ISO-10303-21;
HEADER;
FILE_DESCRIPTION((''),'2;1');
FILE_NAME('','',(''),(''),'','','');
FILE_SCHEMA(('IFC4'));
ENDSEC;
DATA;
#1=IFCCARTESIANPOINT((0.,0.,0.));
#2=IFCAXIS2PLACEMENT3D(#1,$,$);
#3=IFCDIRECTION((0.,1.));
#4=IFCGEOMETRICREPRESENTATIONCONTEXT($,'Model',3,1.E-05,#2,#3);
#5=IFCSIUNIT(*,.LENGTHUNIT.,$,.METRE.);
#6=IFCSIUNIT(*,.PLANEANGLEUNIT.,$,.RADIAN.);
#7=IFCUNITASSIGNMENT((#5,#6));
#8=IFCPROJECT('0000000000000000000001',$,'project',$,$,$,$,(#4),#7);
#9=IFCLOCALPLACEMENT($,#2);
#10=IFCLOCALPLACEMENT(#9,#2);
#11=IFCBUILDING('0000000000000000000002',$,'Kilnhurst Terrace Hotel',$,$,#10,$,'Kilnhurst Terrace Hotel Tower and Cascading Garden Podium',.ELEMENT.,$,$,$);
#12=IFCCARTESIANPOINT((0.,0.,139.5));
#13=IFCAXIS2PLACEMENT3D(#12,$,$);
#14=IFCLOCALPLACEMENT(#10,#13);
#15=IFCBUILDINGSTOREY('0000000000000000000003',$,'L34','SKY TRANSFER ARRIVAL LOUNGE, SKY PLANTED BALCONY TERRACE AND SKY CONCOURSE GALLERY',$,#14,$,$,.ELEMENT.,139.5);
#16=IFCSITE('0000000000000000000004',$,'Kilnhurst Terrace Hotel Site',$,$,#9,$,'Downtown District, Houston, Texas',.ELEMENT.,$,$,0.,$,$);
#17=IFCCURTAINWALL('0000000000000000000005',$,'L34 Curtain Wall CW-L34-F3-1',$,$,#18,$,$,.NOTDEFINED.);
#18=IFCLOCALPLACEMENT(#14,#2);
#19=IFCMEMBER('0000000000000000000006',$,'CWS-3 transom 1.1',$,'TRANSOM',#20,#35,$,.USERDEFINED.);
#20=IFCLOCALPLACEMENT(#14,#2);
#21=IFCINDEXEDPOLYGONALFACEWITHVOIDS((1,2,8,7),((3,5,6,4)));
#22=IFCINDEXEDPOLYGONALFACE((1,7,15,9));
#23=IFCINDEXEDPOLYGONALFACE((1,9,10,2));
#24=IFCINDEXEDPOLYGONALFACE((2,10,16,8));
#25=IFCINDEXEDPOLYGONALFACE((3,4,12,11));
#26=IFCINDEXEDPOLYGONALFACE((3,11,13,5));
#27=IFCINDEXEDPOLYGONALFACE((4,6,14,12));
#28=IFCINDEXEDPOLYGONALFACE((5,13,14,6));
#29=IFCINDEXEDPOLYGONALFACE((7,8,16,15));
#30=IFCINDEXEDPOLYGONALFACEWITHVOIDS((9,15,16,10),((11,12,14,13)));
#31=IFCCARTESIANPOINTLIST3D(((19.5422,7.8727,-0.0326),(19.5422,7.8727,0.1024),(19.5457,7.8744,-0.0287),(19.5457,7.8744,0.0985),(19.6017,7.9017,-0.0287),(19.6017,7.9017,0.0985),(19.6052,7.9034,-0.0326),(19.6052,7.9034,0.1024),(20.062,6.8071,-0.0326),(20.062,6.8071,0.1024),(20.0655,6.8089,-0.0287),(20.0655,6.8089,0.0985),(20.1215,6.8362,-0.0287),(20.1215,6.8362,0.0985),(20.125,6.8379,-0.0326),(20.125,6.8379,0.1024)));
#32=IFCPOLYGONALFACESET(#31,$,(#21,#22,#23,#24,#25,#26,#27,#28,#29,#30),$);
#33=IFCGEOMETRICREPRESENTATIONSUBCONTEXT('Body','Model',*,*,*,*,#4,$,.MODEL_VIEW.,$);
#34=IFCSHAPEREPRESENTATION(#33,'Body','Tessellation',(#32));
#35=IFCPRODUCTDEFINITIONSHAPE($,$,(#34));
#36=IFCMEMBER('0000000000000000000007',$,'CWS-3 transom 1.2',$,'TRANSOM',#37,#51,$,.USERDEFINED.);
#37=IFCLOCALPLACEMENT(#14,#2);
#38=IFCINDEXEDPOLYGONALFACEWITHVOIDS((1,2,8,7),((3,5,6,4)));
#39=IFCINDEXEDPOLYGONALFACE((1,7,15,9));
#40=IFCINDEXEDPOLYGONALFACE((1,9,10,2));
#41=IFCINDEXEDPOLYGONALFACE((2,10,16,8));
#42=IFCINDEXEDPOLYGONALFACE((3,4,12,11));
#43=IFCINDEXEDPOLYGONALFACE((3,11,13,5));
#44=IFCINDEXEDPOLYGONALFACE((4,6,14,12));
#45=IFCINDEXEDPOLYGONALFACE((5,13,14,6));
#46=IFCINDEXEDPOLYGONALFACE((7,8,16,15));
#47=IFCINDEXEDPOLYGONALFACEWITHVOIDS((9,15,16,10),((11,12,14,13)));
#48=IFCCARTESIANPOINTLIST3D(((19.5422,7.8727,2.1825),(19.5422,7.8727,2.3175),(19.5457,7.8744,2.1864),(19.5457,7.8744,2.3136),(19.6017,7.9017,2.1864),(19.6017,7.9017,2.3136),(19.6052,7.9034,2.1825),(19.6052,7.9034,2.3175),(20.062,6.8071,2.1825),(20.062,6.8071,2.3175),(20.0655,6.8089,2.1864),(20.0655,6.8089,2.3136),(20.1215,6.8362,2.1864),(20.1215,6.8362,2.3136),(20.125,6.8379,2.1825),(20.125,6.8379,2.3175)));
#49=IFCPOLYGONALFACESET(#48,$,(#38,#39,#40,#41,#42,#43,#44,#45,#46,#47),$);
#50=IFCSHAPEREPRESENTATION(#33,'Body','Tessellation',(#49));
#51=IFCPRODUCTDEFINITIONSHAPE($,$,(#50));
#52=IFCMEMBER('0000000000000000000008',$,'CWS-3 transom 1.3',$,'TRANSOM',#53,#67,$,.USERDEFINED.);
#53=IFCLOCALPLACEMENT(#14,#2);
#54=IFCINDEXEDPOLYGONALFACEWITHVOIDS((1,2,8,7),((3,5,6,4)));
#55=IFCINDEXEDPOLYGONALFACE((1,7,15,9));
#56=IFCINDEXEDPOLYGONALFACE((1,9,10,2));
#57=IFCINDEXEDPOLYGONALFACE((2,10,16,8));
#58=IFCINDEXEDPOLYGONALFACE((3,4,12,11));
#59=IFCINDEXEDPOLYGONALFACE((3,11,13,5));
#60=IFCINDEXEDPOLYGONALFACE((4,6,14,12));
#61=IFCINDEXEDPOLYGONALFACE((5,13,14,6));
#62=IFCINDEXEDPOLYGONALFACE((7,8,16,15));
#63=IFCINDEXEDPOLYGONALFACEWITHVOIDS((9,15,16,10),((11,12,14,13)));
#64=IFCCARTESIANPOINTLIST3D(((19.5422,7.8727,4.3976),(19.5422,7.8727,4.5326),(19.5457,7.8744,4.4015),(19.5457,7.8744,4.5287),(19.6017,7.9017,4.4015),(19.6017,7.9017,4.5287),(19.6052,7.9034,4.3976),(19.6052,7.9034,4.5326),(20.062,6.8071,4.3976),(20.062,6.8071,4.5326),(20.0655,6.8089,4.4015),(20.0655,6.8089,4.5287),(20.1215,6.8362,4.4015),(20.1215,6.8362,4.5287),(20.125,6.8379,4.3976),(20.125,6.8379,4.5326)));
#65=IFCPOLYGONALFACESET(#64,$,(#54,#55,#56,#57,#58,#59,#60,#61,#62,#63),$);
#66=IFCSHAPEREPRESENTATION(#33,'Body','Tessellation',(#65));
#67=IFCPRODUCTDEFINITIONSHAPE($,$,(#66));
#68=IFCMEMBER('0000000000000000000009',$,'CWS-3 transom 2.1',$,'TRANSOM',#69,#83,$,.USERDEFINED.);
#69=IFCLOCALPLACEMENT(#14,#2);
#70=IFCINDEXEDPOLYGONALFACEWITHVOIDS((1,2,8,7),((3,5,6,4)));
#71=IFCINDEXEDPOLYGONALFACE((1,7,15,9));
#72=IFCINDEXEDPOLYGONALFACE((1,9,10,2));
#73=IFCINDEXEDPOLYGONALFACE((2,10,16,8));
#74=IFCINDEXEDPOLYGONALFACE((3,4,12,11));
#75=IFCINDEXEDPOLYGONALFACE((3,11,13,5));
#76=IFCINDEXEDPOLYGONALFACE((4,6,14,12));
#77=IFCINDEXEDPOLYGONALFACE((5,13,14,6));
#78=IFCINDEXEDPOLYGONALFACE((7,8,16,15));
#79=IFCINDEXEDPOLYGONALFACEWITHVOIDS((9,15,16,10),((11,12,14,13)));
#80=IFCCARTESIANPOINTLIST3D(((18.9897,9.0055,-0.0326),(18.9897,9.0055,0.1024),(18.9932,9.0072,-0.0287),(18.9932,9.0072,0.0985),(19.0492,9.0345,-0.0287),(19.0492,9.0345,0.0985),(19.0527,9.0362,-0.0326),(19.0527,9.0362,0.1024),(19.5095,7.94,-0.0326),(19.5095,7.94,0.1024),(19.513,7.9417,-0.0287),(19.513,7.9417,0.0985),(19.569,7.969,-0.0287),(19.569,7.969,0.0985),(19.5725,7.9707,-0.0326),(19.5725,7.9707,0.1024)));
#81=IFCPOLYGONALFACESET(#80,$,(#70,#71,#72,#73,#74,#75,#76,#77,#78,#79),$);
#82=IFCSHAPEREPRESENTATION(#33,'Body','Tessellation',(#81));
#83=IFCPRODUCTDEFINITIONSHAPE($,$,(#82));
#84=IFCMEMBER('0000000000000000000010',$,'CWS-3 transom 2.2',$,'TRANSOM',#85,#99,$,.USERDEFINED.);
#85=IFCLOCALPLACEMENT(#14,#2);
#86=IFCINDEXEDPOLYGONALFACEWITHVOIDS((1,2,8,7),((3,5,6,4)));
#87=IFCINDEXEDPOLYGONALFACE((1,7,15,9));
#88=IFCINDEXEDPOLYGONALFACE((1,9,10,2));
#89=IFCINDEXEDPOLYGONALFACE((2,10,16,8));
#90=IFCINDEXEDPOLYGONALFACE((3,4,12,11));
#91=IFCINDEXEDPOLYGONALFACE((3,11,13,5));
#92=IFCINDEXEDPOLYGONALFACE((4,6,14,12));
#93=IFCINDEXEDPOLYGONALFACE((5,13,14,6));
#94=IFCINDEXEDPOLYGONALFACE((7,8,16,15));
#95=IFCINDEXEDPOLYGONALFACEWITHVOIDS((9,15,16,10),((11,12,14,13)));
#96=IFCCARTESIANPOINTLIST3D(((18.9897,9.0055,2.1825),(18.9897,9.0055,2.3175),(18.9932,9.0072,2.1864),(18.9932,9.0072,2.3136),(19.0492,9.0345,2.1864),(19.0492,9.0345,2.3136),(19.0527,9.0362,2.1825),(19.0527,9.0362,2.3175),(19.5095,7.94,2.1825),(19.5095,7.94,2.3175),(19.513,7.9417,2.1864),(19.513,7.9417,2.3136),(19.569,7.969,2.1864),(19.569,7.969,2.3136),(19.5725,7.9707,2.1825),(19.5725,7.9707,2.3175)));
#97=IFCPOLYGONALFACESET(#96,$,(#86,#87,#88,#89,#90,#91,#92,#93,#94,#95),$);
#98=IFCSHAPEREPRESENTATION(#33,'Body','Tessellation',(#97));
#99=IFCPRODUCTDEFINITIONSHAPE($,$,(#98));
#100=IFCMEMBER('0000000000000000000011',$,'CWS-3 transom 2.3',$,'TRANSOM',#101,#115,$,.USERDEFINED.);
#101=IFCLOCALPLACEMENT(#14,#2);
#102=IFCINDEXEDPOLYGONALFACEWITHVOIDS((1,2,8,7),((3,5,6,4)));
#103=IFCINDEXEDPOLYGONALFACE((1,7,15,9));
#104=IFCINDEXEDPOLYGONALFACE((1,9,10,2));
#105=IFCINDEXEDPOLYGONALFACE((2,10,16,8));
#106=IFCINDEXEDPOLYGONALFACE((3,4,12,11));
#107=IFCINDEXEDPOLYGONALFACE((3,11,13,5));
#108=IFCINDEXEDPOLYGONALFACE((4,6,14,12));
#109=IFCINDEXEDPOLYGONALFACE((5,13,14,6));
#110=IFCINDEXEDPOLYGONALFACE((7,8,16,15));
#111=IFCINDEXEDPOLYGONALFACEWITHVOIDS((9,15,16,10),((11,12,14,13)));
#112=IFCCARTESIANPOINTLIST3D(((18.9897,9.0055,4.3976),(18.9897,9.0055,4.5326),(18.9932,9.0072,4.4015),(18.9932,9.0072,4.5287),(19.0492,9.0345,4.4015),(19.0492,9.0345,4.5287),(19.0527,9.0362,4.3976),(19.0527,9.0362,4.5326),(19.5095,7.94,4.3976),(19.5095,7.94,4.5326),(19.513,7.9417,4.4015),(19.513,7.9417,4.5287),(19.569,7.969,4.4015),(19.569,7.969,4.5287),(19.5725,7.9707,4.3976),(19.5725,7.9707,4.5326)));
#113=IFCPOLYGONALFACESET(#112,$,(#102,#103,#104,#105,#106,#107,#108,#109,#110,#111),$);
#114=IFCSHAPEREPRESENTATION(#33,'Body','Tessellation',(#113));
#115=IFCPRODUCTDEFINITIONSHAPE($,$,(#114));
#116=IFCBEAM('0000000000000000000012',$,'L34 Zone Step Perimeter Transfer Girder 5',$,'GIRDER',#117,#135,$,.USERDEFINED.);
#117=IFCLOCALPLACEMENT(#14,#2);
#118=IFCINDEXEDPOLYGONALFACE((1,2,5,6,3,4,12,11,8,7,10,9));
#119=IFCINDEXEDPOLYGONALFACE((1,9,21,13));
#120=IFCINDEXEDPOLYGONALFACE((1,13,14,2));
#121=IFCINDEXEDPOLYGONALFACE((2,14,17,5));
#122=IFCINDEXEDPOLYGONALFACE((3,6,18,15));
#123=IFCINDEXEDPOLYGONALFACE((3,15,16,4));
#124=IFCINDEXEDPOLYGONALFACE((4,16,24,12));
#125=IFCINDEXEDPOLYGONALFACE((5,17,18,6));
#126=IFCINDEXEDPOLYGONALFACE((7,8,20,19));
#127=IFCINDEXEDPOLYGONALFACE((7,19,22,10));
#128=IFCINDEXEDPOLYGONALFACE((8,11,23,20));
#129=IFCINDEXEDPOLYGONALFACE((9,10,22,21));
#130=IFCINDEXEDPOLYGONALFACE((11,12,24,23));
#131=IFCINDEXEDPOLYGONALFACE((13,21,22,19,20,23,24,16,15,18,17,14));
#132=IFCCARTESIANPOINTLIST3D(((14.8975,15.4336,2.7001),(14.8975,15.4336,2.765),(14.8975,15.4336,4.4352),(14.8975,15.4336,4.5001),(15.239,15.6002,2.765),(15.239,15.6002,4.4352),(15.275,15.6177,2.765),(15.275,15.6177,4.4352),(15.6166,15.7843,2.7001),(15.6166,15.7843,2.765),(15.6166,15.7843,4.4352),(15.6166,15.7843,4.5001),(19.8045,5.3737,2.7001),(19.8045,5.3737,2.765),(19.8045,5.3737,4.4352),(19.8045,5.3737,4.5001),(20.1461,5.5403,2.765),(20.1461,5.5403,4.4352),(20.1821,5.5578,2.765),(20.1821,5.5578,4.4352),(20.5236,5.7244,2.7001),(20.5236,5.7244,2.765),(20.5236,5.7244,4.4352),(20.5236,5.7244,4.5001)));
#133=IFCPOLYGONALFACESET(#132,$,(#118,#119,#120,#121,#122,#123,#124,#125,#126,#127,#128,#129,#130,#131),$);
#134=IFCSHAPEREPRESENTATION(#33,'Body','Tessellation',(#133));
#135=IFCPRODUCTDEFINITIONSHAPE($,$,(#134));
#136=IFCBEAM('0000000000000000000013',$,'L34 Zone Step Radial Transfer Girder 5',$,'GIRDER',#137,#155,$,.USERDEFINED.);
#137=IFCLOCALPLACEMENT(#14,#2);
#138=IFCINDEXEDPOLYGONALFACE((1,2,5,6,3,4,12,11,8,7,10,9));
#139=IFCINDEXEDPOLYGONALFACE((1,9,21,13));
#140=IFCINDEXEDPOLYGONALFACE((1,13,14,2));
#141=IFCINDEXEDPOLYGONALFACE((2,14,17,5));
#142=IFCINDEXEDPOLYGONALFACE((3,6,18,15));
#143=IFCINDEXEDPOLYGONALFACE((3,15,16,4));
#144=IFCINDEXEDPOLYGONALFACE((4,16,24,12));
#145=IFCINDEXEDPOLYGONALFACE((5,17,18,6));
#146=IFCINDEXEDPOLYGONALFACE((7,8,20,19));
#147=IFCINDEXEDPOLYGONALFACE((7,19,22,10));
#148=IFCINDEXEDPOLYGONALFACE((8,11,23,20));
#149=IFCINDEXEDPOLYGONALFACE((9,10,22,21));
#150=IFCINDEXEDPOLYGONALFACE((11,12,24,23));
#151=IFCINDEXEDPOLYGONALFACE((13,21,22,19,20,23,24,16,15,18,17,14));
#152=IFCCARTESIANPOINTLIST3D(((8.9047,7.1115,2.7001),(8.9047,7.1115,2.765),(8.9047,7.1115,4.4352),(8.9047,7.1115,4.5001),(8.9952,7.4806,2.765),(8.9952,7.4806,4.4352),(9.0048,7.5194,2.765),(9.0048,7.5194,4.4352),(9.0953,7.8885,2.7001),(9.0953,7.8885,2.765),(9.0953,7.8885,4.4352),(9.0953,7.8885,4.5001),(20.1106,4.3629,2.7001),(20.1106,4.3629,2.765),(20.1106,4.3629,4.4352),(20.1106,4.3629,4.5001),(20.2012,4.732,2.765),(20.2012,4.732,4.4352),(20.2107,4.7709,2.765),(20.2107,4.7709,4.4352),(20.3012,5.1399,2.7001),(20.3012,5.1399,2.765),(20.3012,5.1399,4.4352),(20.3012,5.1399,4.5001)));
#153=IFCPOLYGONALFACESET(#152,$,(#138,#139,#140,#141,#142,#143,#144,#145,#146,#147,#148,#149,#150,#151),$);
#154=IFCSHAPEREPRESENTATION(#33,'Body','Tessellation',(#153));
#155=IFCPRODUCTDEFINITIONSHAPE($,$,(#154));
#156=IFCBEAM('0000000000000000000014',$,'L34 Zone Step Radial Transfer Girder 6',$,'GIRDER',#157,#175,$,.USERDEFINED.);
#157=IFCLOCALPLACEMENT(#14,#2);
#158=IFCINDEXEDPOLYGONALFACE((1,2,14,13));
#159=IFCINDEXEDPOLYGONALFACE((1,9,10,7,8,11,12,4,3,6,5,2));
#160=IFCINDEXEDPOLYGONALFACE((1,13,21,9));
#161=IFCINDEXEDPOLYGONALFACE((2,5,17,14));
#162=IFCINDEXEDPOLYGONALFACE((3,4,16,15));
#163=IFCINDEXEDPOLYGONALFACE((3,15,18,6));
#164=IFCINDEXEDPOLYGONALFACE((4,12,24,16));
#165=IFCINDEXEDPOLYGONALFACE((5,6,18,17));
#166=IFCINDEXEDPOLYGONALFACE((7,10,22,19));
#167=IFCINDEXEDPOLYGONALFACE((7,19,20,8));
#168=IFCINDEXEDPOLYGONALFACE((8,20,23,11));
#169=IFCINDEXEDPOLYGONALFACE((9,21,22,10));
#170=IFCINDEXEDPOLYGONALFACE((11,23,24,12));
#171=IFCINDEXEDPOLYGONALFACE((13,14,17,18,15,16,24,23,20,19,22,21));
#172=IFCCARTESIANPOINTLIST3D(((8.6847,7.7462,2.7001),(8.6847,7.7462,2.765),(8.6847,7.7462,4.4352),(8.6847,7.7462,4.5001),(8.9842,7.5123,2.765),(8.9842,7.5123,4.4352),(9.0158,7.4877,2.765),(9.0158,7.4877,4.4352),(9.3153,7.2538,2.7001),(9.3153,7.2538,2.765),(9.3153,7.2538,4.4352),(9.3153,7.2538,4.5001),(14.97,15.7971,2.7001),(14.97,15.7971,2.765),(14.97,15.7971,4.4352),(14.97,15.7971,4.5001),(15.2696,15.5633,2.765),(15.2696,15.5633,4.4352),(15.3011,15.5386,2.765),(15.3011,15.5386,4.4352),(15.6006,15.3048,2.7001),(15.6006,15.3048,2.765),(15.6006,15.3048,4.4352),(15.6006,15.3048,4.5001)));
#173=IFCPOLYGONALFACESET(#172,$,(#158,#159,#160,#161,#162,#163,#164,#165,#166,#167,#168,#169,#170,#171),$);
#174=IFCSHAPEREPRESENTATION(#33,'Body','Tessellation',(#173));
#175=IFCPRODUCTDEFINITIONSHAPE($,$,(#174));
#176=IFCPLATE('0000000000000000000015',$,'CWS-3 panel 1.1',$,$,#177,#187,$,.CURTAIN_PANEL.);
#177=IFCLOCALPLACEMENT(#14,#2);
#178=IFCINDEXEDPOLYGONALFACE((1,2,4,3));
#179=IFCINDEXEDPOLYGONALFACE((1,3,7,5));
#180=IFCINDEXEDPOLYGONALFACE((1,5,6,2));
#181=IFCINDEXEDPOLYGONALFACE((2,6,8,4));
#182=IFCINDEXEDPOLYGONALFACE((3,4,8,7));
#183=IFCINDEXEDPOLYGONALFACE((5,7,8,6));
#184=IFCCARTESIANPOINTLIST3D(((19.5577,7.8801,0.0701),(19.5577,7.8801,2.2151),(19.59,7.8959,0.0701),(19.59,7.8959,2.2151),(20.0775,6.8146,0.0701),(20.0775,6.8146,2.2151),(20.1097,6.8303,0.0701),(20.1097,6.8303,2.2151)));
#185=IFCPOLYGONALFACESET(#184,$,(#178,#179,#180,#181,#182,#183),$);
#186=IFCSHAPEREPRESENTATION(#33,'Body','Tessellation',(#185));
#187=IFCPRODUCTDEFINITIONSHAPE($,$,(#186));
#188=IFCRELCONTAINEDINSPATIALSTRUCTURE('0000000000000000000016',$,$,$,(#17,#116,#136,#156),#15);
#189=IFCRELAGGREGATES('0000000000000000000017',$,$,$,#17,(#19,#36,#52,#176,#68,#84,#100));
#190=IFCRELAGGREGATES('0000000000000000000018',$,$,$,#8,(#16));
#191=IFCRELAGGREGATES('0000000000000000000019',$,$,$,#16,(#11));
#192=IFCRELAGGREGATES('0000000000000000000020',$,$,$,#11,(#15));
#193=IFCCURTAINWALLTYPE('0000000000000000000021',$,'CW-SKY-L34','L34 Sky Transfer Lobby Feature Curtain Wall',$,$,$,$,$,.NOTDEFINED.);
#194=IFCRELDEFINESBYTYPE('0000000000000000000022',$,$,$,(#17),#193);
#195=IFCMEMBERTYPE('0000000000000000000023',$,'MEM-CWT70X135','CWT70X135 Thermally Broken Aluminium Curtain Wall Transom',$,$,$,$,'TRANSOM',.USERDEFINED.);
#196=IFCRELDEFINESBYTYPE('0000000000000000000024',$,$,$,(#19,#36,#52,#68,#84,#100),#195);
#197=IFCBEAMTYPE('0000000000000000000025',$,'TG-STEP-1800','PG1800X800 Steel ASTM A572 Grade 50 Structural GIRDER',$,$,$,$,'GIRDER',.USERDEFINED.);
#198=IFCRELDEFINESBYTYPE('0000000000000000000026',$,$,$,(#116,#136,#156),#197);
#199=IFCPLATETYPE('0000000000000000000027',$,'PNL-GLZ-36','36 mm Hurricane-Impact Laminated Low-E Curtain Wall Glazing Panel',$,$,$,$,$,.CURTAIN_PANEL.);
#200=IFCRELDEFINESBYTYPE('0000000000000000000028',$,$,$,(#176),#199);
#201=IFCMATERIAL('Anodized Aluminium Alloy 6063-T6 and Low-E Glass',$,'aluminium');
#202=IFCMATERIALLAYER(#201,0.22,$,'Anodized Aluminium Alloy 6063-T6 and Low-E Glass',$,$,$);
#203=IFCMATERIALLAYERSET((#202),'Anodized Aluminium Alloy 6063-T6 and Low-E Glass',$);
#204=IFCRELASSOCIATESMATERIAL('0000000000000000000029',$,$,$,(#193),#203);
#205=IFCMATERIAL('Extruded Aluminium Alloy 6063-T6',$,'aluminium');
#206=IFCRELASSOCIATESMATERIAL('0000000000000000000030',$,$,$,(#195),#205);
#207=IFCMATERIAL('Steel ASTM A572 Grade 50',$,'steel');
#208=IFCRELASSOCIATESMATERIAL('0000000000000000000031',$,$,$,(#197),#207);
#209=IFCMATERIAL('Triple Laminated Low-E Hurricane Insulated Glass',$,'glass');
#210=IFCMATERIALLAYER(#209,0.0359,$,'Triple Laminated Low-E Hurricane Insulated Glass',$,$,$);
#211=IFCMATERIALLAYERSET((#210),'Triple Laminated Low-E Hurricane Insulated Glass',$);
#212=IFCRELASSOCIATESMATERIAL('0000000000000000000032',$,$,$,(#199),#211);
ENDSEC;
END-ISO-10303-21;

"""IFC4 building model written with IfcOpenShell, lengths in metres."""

from ifc_helpers import new_model, si_unit, direction, frame, origin, origin_2d, place, context, subcontext, project, spatial, rectangle, hollow_rectangle, i_section, extrude, material, layer, layer_set, material_profile, profile_set, type_object, element, aggregate, save


model = new_model("IFC4")

# Units and contexts
model_context = context("Model", 3, precision=1e-05, world=origin(), true_north=direction((0.0, 1.0)))
body_context = subcontext(model_context, "Body", "Model", "MODEL_VIEW")
ifc_project = project(units=[si_unit("LENGTHUNIT", "METRE"), si_unit("PLANEANGLEUNIT", "RADIAN")], contexts=[model_context])

# Site, building, storey
site_placement = place(None, origin())
site = spatial("IfcSite", under=ifc_project, at=site_placement, Name="Kilnhurst Terrace Hotel Site", LongName="Downtown District, Houston, Texas", CompositionType="ELEMENT", RefElevation=0.0)
building_placement = place(site_placement, origin())
building = spatial("IfcBuilding", under=site, at=building_placement, Name="Kilnhurst Terrace Hotel", LongName="Kilnhurst Terrace Hotel Tower and Cascading Garden Podium", CompositionType="ELEMENT")
storey_placement = place(building_placement, frame((0.0, 0.0, 139.5)))
storey = spatial("IfcBuildingStorey", under=building, at=storey_placement, Name="L34", Description="SKY TRANSFER ARRIVAL LOUNGE, SKY PLANTED BALCONY TERRACE AND SKY CONCOURSE GALLERY", CompositionType="ELEMENT", Elevation=139.5)

# Curtain wall, members
ifc_material_1 = material(Name="Anodized Aluminium Alloy 6063-T6 and Low-E Glass", Category="aluminium")
ifc_layer_1 = layer(ifc_material_1, 0.22, Name="Anodized Aluminium Alloy 6063-T6 and Low-E Glass")
ifc_layer_set_1 = layer_set([ifc_layer_1], Name="Anodized Aluminium Alloy 6063-T6 and Low-E Glass")
curtain_wall_type = type_object("IfcCurtainWallType", Name="CW-SKY-L34", Description="L34 Sky Transfer Lobby Feature Curtain Wall", PredefinedType="NOTDEFINED", material=ifc_layer_set_1)
curtain_wall_placement = place(storey_placement, origin())
curtain_wall = element("IfcCurtainWall", 1, at=curtain_wall_placement, inside=storey, type_object=curtain_wall_type, Name="L34 Curtain Wall CW-L34-F3-1", PredefinedType="NOTDEFINED")
ifc_material_2 = material(Name="Extruded Aluminium Alloy 6063-T6", Category="aluminium")
ifc_material_profile_1 = material_profile(ifc_material_2, hollow_rectangle(XDim=0.0701, YDim=0.135, WallThickness=0.0039, at=origin_2d()), Name="CWT70X135")
ifc_profile_set_1 = profile_set([ifc_material_profile_1], Name="Extruded Aluminium Alloy 6063-T6")
member_type_1 = type_object("IfcMemberType", Name="MEM-CWT70X135", Description="CWT70X135 Thermally Broken Aluminium Curtain Wall Transom", ElementType="TRANSOM", PredefinedType="USERDEFINED", material=ifc_profile_set_1)
member_1_placement = place(storey_placement, frame((20.0935, 6.8225, 0.0349), z_axis=(-0.43846, 0.898751, 0.0), x_axis=(-0.898751, -0.43846, 0.0)))
member_1 = element("IfcMember", 2, at=member_1_placement, type_object=member_type_1, Name="CWS-3 transom 1.1", ObjectType="TRANSOM", PredefinedType="USERDEFINED", context=body_context, shape_type="SweptSolid", body=[
    extrude(hollow_rectangle(XDim=0.0701, YDim=0.135, WallThickness=0.0039, at=origin_2d()), origin(), (0.0, 0.0, 1.0), 1.1855),
])
member_2_placement = place(storey_placement, frame((20.0935, 6.8225, 2.25), z_axis=(-0.43846, 0.898751, 0.0), x_axis=(-0.898751, -0.43846, 0.0)))
member_2 = element("IfcMember", 3, at=member_2_placement, type_object=member_type_1, Name="CWS-3 transom 1.2", ObjectType="TRANSOM", PredefinedType="USERDEFINED", context=body_context, shape_type="SweptSolid", body=[
    extrude(hollow_rectangle(XDim=0.0701, YDim=0.135, WallThickness=0.0039, at=origin_2d()), origin(), (0.0, 0.0, 1.0), 1.1855),
])
member_3_placement = place(storey_placement, frame((20.0935, 6.8225, 4.4651), z_axis=(-0.43846, 0.898751, 0.0), x_axis=(-0.898751, -0.43846, 0.0)))
member_3 = element("IfcMember", 4, at=member_3_placement, type_object=member_type_1, Name="CWS-3 transom 1.3", ObjectType="TRANSOM", PredefinedType="USERDEFINED", context=body_context, shape_type="SweptSolid", body=[
    extrude(hollow_rectangle(XDim=0.0701, YDim=0.135, WallThickness=0.0039, at=origin_2d()), origin(), (0.0, 0.0, 1.0), 1.1855),
])
member_4_placement = place(storey_placement, frame((19.541, 7.9553, 0.0349), z_axis=(-0.43846, 0.898751, 0.0), x_axis=(-0.898751, -0.43846, 0.0)))
member_4 = element("IfcMember", 5, at=member_4_placement, type_object=member_type_1, Name="CWS-3 transom 2.1", ObjectType="TRANSOM", PredefinedType="USERDEFINED", context=body_context, shape_type="SweptSolid", body=[
    extrude(hollow_rectangle(XDim=0.0701, YDim=0.135, WallThickness=0.0039, at=origin_2d()), origin(), (0.0, 0.0, 1.0), 1.1855),
])
member_5_placement = place(storey_placement, frame((19.541, 7.9553, 2.25), z_axis=(-0.43846, 0.898751, 0.0), x_axis=(-0.898751, -0.43846, 0.0)))
member_5 = element("IfcMember", 6, at=member_5_placement, type_object=member_type_1, Name="CWS-3 transom 2.2", ObjectType="TRANSOM", PredefinedType="USERDEFINED", context=body_context, shape_type="SweptSolid", body=[
    extrude(hollow_rectangle(XDim=0.0701, YDim=0.135, WallThickness=0.0039, at=origin_2d()), origin(), (0.0, 0.0, 1.0), 1.1855),
])
member_6_placement = place(storey_placement, frame((19.541, 7.9553, 4.4651), z_axis=(-0.43846, 0.898751, 0.0), x_axis=(-0.898751, -0.43846, 0.0)))
member_6 = element("IfcMember", 7, at=member_6_placement, type_object=member_type_1, Name="CWS-3 transom 2.3", ObjectType="TRANSOM", PredefinedType="USERDEFINED", context=body_context, shape_type="SweptSolid", body=[
    extrude(hollow_rectangle(XDim=0.0701, YDim=0.135, WallThickness=0.0039, at=origin_2d()), origin(), (0.0, 0.0, 1.0), 1.1855),
])

# Beams
ifc_material_3 = material(Name="Steel ASTM A572 Grade 50", Category="steel")
ifc_material_profile_2 = material_profile(ifc_material_3, i_section(OverallWidth=0.8, OverallDepth=1.8, WebThickness=0.04, FlangeThickness=0.0649, at=origin_2d()), Name="PG1800X800")
ifc_profile_set_2 = profile_set([ifc_material_profile_2], Name="Steel ASTM A572 Grade 50")
beam_type_1 = type_object("IfcBeamType", Name="TG-STEP-1800", Description="PG1800X800 Steel ASTM A572 Grade 50 Structural GIRDER", ElementType="GIRDER", PredefinedType="USERDEFINED", material=ifc_profile_set_2)
beam_1_placement = place(storey_placement, frame((20.1641, 5.5491, 3.6001), z_axis=(-0.438406, 0.898777, 0.0), x_axis=(-0.898777, -0.438406, 0.0)))
element("IfcBeam", 8, at=beam_1_placement, inside=storey, type_object=beam_type_1, Name="L34 Zone Step Perimeter Transfer Girder 5", ObjectType="GIRDER", PredefinedType="USERDEFINED", context=body_context, shape_type="SweptSolid", body=[
    extrude(i_section(OverallWidth=0.8, OverallDepth=1.8, WebThickness=0.04, FlangeThickness=0.0649, at=origin_2d()), origin(), (0.0, 0.0, 1.0), 11.1929),
])
beam_2_placement = place(storey_placement, frame((9.0, 7.5, 3.6001), z_axis=(0.971212, -0.238217, 0.0), x_axis=(0.238217, 0.971212, 0.0)))
element("IfcBeam", 9, at=beam_2_placement, inside=storey, type_object=beam_type_1, Name="L34 Zone Step Radial Transfer Girder 5", ObjectType="GIRDER", PredefinedType="USERDEFINED", context=body_context, shape_type="SweptSolid", body=[
    extrude(i_section(OverallWidth=0.8, OverallDepth=1.8, WebThickness=0.04, FlangeThickness=0.0649, at=origin_2d()), origin(), (0.0, 0.0, 1.0), 11.5381),
])
beam_3_placement = place(storey_placement, frame((9.0, 7.5, 3.6001), z_axis=(0.615373, 0.788236, 0.0), x_axis=(-0.788236, 0.615373, 0.0)))
element("IfcBeam", 10, at=beam_3_placement, inside=storey, type_object=beam_type_1, Name="L34 Zone Step Radial Transfer Girder 6", ObjectType="GIRDER", PredefinedType="USERDEFINED", context=body_context, shape_type="SweptSolid", body=[
    extrude(i_section(OverallWidth=0.8, OverallDepth=1.8, WebThickness=0.04, FlangeThickness=0.0649, at=origin_2d()), origin(), (0.0, 0.0, 1.0), 10.2139),
])

# Plate
ifc_material_4 = material(Name="Triple Laminated Low-E Hurricane Insulated Glass", Category="glass")
ifc_layer_2 = layer(ifc_material_4, 0.0359, Name="Triple Laminated Low-E Hurricane Insulated Glass")
ifc_layer_set_2 = layer_set([ifc_layer_2], Name="Triple Laminated Low-E Hurricane Insulated Glass")
plate_type = type_object("IfcPlateType", Name="PNL-GLZ-36", Description="36 mm Hurricane-Impact Laminated Low-E Curtain Wall Glazing Panel", PredefinedType="CURTAIN_PANEL", material=ifc_layer_set_2)
plate_1_placement = place(storey_placement, frame((19.8337, 7.3552, 0.0701), z_axis=(0.0, 0.0, 1.0), x_axis=(-0.438409, 0.898775, 0.0)))
plate_1 = element("IfcPlate", 11, at=plate_1_placement, type_object=plate_type, Name="CWS-3 panel 1.1", PredefinedType="CURTAIN_PANEL", context=body_context, shape_type="SweptSolid", body=[
    extrude(rectangle(XDim=1.1855, YDim=0.0359, at=origin_2d()), origin(), (0.0, 0.0, 1.0), 2.145),
])
aggregate(curtain_wall, [member_1, member_2, member_3, plate_1, member_4, member_5, member_6])

save(model, "model.ifc")
